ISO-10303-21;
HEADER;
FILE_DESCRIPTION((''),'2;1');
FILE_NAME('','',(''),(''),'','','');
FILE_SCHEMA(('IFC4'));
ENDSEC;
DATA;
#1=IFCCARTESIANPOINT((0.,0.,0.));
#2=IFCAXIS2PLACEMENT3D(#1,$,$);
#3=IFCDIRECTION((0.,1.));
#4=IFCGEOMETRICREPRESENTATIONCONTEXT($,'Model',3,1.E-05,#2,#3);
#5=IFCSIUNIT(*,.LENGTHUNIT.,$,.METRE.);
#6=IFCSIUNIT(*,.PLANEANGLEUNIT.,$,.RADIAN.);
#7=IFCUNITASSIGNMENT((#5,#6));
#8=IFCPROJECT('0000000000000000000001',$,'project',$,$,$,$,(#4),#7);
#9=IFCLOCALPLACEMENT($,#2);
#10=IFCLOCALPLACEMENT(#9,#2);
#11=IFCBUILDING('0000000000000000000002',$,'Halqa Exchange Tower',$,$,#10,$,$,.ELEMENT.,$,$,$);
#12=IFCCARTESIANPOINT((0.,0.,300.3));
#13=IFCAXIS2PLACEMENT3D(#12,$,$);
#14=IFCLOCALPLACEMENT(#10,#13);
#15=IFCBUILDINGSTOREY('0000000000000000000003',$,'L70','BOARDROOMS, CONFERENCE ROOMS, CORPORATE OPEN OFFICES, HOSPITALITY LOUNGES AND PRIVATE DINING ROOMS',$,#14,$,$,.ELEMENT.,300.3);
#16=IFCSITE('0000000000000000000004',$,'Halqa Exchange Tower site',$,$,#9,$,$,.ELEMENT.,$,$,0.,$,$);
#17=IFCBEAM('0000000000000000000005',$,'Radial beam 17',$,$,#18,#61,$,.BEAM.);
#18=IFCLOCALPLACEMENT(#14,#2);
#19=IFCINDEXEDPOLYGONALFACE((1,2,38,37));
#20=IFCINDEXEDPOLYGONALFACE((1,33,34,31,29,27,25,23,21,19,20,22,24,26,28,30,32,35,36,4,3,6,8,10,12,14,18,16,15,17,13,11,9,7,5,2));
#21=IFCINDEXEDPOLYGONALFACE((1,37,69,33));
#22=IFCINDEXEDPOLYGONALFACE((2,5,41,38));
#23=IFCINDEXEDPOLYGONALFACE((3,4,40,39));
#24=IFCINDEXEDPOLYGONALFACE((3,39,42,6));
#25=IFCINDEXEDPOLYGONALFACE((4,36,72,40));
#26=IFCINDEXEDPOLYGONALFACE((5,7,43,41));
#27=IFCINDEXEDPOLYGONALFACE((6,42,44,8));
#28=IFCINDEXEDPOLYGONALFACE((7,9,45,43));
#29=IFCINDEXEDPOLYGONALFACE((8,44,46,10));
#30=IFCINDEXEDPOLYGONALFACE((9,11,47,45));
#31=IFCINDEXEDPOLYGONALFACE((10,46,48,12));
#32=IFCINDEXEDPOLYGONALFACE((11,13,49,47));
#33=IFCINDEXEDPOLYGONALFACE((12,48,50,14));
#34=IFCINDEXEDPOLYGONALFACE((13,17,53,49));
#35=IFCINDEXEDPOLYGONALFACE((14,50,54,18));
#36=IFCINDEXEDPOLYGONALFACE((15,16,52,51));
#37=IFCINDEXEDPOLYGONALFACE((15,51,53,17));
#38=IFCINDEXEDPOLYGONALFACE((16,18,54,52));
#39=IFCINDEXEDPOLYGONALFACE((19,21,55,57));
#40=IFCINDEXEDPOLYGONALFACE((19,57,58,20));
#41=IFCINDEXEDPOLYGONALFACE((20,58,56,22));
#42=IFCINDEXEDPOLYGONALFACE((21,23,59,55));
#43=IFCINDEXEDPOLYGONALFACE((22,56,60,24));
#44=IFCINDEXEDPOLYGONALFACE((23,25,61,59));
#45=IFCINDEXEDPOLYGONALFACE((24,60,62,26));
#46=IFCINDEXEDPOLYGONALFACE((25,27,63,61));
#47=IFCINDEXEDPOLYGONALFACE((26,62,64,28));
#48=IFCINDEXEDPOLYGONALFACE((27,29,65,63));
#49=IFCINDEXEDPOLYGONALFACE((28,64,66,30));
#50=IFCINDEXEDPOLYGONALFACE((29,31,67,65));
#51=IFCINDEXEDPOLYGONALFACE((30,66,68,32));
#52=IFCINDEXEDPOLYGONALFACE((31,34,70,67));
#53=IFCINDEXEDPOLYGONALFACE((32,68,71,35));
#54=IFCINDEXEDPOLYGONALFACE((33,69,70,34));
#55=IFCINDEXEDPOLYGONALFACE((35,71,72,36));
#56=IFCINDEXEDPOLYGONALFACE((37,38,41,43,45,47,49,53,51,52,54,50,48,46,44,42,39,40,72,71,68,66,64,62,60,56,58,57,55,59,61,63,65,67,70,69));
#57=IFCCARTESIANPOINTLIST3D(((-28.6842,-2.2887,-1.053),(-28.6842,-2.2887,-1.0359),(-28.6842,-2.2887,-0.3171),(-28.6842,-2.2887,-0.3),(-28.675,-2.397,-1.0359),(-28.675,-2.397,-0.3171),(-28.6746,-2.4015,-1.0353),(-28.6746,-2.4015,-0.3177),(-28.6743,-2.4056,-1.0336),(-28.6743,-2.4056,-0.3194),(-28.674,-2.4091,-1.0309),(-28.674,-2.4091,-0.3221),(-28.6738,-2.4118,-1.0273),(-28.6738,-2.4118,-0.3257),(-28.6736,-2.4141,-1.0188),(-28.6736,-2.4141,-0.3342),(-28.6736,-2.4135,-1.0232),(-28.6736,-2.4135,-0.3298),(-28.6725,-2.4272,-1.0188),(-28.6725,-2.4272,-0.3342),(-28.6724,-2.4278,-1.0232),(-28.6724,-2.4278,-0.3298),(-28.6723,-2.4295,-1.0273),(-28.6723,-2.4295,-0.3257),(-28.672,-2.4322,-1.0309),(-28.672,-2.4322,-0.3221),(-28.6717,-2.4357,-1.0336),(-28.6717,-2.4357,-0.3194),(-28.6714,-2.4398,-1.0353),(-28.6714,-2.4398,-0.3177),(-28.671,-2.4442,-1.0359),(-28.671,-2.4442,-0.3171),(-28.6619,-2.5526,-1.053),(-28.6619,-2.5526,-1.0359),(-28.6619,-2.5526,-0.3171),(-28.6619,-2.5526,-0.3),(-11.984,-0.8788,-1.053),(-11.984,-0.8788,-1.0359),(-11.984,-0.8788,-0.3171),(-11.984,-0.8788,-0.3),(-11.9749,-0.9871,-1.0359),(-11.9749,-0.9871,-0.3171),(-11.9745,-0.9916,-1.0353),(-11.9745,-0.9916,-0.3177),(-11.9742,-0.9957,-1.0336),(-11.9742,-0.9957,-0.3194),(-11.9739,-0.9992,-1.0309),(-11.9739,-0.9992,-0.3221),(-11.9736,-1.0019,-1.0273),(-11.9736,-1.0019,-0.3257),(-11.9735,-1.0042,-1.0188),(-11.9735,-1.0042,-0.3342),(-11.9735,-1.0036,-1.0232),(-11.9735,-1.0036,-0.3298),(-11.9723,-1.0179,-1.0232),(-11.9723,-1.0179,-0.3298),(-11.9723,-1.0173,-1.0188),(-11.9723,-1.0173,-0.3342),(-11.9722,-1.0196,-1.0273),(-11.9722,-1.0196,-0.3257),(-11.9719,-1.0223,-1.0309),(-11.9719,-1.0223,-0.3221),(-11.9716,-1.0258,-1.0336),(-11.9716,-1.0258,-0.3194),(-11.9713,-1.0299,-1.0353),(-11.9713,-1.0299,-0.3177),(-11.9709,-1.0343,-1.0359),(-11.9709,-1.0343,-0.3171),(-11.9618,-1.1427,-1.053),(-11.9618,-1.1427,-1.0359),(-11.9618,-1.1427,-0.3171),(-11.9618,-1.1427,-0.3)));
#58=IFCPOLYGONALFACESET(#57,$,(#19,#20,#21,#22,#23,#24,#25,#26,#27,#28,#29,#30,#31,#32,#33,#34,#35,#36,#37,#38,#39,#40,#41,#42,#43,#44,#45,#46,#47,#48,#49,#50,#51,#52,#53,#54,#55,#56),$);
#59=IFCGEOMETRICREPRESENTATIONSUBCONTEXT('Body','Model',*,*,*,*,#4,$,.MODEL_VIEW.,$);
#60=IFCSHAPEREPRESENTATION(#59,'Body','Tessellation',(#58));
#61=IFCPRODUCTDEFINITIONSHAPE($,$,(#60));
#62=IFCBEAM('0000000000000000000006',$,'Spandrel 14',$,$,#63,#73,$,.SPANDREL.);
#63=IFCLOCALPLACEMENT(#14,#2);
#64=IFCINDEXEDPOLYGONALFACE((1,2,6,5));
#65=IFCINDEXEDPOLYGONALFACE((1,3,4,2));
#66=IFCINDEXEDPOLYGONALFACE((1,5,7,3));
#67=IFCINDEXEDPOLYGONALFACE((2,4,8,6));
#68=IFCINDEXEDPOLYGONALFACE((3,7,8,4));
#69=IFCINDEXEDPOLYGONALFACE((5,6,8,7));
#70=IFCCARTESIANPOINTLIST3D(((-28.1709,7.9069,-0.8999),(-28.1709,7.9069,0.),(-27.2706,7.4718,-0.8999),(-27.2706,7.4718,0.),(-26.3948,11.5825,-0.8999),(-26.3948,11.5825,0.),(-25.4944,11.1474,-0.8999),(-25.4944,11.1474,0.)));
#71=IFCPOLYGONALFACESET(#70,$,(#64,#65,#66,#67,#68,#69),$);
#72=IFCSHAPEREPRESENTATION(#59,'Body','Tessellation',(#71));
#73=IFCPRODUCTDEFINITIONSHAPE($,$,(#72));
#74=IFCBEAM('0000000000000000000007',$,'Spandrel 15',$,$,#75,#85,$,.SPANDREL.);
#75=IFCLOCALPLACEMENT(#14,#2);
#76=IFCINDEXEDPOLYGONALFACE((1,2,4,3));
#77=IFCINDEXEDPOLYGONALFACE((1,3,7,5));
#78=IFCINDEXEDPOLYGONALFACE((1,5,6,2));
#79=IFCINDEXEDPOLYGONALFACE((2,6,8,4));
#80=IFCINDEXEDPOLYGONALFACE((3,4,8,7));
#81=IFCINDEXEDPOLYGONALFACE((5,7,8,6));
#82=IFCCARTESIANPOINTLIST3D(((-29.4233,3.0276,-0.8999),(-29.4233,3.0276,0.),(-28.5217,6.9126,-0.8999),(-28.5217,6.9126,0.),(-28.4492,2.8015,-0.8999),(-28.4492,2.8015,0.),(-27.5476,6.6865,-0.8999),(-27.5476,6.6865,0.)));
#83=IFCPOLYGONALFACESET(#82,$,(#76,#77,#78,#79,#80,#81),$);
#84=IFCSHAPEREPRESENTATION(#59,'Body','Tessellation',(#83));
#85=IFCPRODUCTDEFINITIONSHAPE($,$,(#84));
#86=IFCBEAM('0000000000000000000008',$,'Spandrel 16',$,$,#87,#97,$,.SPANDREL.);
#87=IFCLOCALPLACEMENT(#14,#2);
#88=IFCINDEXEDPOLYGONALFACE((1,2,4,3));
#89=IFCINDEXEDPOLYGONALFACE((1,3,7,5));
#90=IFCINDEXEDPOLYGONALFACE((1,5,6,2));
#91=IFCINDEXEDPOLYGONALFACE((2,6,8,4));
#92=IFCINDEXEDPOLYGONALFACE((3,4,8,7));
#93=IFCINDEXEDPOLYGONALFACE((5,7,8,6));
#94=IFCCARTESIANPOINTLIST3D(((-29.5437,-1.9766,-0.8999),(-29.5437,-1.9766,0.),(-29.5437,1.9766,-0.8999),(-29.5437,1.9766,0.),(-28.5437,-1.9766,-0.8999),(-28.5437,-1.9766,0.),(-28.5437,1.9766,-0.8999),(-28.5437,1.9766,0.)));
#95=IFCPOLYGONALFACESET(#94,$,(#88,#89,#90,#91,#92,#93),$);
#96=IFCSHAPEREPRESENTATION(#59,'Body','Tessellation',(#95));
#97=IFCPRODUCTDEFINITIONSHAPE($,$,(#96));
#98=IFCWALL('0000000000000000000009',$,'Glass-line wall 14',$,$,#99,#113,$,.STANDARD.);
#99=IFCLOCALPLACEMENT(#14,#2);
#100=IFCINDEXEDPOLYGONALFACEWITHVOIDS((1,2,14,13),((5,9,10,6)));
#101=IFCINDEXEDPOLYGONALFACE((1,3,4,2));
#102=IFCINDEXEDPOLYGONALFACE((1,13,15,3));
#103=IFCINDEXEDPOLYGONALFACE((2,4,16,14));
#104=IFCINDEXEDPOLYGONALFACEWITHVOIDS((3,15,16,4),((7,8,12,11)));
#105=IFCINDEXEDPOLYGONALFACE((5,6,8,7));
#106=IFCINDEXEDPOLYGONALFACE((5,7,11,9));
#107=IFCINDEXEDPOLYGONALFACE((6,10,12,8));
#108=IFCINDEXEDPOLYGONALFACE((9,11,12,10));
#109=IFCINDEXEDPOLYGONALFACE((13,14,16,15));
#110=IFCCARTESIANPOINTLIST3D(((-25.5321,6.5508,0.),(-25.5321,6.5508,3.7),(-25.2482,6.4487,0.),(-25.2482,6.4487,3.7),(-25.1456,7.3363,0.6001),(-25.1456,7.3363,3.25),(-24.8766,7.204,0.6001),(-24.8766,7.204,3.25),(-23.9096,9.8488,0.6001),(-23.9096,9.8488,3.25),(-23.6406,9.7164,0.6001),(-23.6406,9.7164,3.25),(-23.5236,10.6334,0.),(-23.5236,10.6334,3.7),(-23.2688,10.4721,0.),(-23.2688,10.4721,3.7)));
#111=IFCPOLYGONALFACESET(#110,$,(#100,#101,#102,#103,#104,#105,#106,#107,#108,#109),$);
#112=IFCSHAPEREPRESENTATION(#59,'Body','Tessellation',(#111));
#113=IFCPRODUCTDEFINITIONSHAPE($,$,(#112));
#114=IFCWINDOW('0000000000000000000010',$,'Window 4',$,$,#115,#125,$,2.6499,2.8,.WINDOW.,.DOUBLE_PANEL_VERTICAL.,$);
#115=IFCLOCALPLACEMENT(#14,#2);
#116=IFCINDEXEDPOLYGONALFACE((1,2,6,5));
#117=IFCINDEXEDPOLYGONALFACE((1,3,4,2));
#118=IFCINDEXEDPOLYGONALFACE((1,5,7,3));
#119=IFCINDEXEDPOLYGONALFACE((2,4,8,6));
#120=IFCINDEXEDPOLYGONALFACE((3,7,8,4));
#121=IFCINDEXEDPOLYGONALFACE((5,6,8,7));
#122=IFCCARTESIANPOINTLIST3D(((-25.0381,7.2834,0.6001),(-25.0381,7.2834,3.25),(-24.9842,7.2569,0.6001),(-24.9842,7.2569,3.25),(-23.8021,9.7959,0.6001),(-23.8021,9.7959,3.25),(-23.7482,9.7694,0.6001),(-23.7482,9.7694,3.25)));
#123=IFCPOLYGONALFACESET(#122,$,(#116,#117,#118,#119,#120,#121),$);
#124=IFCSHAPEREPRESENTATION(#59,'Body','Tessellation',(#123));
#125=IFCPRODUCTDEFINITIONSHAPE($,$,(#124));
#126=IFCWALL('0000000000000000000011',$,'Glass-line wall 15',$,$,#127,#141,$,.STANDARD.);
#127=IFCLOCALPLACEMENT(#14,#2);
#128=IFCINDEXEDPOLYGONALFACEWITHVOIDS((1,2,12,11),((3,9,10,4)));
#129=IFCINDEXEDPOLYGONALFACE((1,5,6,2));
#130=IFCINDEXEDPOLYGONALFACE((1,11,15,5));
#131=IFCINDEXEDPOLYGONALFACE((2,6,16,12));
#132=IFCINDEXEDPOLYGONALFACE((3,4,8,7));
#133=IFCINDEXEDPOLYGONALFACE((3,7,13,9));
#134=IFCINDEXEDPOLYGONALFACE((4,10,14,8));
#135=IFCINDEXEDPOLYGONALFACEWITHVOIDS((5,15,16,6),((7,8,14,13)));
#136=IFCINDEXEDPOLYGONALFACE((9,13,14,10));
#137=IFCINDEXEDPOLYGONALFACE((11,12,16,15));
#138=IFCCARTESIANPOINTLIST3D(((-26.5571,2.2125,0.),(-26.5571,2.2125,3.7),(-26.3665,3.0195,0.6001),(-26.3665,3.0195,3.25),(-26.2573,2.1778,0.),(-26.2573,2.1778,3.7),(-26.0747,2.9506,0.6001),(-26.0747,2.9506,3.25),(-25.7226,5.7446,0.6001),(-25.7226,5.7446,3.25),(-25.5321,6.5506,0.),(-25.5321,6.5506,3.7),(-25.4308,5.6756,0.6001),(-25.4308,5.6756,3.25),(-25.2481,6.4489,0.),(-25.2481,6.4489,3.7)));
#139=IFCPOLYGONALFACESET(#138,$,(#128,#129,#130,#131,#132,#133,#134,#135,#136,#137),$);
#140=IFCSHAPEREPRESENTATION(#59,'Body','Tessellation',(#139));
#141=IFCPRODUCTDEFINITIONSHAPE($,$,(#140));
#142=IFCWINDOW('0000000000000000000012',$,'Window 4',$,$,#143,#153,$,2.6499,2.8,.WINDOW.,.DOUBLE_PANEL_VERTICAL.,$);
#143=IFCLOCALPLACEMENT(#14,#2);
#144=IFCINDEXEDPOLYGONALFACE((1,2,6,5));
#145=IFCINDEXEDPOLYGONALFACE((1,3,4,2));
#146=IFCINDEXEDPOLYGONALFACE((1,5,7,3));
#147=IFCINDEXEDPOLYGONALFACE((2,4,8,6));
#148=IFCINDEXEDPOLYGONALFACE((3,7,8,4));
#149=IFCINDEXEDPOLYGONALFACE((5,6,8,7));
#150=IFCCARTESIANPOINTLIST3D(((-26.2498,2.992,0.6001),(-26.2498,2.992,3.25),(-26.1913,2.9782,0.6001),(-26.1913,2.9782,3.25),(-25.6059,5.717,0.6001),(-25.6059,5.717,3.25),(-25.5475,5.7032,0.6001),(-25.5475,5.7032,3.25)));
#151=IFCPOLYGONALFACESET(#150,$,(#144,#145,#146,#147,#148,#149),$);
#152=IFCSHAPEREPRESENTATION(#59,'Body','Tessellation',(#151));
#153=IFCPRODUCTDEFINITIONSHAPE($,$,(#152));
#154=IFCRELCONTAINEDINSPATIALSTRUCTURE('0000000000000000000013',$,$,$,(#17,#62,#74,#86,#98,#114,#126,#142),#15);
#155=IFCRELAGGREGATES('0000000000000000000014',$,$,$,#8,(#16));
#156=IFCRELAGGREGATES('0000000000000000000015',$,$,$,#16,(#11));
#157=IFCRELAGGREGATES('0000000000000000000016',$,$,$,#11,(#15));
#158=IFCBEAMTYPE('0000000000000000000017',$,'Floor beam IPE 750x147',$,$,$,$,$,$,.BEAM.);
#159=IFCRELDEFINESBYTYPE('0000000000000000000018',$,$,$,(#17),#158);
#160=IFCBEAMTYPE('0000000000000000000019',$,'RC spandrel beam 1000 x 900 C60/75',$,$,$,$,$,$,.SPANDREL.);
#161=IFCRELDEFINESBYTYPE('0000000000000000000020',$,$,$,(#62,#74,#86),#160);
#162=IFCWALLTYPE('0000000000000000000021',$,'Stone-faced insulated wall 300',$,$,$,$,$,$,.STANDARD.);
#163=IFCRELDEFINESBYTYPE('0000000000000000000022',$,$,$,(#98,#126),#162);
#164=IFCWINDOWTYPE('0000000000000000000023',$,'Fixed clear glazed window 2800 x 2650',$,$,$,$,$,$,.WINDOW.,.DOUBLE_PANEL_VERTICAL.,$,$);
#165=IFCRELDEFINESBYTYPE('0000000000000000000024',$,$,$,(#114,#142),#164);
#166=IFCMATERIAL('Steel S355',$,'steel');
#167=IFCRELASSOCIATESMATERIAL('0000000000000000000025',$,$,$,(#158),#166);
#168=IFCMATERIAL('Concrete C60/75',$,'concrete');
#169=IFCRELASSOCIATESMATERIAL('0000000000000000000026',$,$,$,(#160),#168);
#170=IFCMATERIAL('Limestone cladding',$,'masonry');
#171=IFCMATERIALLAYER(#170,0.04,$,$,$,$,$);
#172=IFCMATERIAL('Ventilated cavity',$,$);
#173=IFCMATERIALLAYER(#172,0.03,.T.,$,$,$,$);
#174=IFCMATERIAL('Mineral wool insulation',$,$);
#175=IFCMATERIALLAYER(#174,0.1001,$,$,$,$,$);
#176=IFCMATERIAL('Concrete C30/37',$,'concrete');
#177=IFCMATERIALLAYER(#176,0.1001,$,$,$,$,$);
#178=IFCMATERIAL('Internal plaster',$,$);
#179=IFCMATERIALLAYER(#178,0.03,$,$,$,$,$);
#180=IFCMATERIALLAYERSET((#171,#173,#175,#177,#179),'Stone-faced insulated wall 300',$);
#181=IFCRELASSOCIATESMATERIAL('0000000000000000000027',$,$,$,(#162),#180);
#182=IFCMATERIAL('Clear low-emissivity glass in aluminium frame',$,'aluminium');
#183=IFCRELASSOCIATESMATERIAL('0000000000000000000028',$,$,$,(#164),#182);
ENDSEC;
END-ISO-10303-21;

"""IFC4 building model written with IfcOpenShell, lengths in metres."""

from ifc_helpers import new_model, si_unit, direction, frame, frame_2d, origin, origin_2d, place, context, subcontext, project, spatial, polyline, rectangle, i_section, outline, extrude, material, layer, layer_set, material_profile, profile_set, type_object, element, fill, save


model = new_model("IFC4")

# Units and contexts
model_context = context("Model", 3, precision=1e-05, world=origin(), true_north=direction((0.0, 1.0)))
body_context = subcontext(model_context, "Body", "Model", "MODEL_VIEW")
ifc_project = project(units=[si_unit("LENGTHUNIT", "METRE"), si_unit("PLANEANGLEUNIT", "RADIAN")], contexts=[model_context])

# Site, building, storey
site_placement = place(None, origin())
site = spatial("IfcSite", under=ifc_project, at=site_placement, Name="Halqa Exchange Tower site", CompositionType="ELEMENT", RefElevation=0.0)
building_placement = place(site_placement, origin())
building = spatial("IfcBuilding", under=site, at=building_placement, Name="Halqa Exchange Tower", CompositionType="ELEMENT")
storey_placement = place(building_placement, frame((0.0, 0.0, 300.3)))
storey = spatial("IfcBuildingStorey", under=building, at=storey_placement, Name="L70", Description="BOARDROOMS, CONFERENCE ROOMS, CORPORATE OPEN OFFICES, HOSPITALITY LOUNGES AND PRIVATE DINING ROOMS", CompositionType="ELEMENT", Elevation=300.3)

# Beams
ifc_material_1 = material(Name="Steel S355", Category="steel")
ifc_material_profile_1 = material_profile(ifc_material_1, i_section(OverallWidth=0.2649, OverallDepth=0.7529, WebThickness=0.0132, FlangeThickness=0.0171, FilletRadius=0.0171, at=origin_2d()), Name="IPE 750x147")
ifc_profile_set_1 = profile_set([ifc_material_profile_1], Name="Steel S355")
beam_type_1 = type_object("IfcBeamType", Name="Floor beam IPE 750x147", PredefinedType="BEAM", material=ifc_profile_set_1)
for number, where, z_axis, x_axis, name in (
    (1, (-11.9729, -1.0107, -0.6765), (-0.996455, -0.084126, 0.0), (0.084126, -0.996455, 0.0), "Radial beam 17"),
):
    element("IfcBeam", number, at=place(storey_placement, frame(where, z_axis=z_axis, x_axis=x_axis)), inside=storey, type_object=beam_type_1, Name=name, PredefinedType="BEAM", context=body_context, shape_type="SweptSolid", body=[
        extrude(i_section(OverallWidth=0.2649, OverallDepth=0.7529, WebThickness=0.0132, FlangeThickness=0.0171, FilletRadius=0.0171, at=origin_2d()), origin(), (0.0, 0.0, 1.0), 16.7595),
    ])
ifc_material_2 = material(Name="Concrete C60/75", Category="concrete")
ifc_material_profile_2 = material_profile(ifc_material_2, rectangle(XDim=1.0, YDim=0.8999, at=origin_2d()), Name="1000 x 900")
ifc_profile_set_2 = profile_set([ifc_material_profile_2], Name="Concrete C60/75")
beam_type_2 = type_object("IfcBeamType", Name="RC spandrel beam 1000 x 900 C60/75", PredefinedType="SPANDREL", material=ifc_profile_set_2)
beam_1_placement = place(storey_placement, frame((-25.9446, 11.365, -0.45), z_axis=(-0.435092, -0.900386, 0.0), x_axis=(0.900386, -0.435092, 0.0)))
element("IfcBeam", 2, at=beam_1_placement, inside=storey, type_object=beam_type_2, Name="Spandrel 14", PredefinedType="SPANDREL", context=body_context, shape_type="SweptSolid", body=[
    extrude(rectangle(XDim=1.0, YDim=0.8999, at=origin_2d()), origin(), (0.0, 0.0, 1.0), 4.0823),
])
beam_2_placement = place(storey_placement, frame((-28.0347, 6.7996, -0.45), z_axis=(-0.226066, -0.974112, 0.0), x_axis=(0.974112, -0.226066, 0.0)))
element("IfcBeam", 3, at=beam_2_placement, inside=storey, type_object=beam_type_2, Name="Spandrel 15", PredefinedType="SPANDREL", context=body_context, shape_type="SweptSolid", body=[
    extrude(rectangle(XDim=1.0, YDim=0.8999, at=origin_2d()), origin(), (0.0, 0.0, 1.0), 3.9883),
])
beam_3_placement = place(storey_placement, frame((-29.0437, 1.9766, -0.45), z_axis=(0.0, -1.0, 0.0), x_axis=(1.0, 0.0, 0.0)))
element("IfcBeam", 4, at=beam_3_placement, inside=storey, type_object=beam_type_2, Name="Spandrel 16", PredefinedType="SPANDREL", context=body_context, shape_type="SweptSolid", body=[
    extrude(rectangle(XDim=1.0, YDim=0.8999, at=origin_2d()), origin(), (0.0, 0.0, 1.0), 3.9531),
])

# Walls, openings, windows
ifc_material_3 = material(Name="Limestone cladding", Category="masonry")
ifc_layer_1 = layer(ifc_material_3, 0.04)
ifc_material_4 = material(Name="Ventilated cavity")
ifc_layer_2 = layer(ifc_material_4, 0.03, ventilated=True)
ifc_material_5 = material(Name="Mineral wool insulation")
ifc_layer_3 = layer(ifc_material_5, 0.1001)
ifc_material_6 = material(Name="Concrete C30/37", Category="concrete")
ifc_layer_4 = layer(ifc_material_6, 0.1001)
ifc_material_7 = material(Name="Internal plaster")
ifc_layer_5 = layer(ifc_material_7, 0.03)
ifc_layer_set = layer_set([ifc_layer_1, ifc_layer_2, ifc_layer_3, ifc_layer_4, ifc_layer_5], Name="Stone-faced insulated wall 300")
wall_type = type_object("IfcWallType", Name="Stone-faced insulated wall 300", PredefinedType="STANDARD", material=ifc_layer_set)
wall_1_placement = place(storey_placement, frame((-23.3962, 10.5527, 0.0), z_axis=(0.0, 0.0, 1.0), x_axis=(-0.441432, -0.897295, 0.0)))
wall_1 = element("IfcWall", 5, at=wall_1_placement, inside=storey, type_object=wall_type, Name="Glass-line wall 14", PredefinedType="STANDARD", context=body_context, shape_type="SweptSolid", body=[
    extrude(outline(polyline([(-0.0161, -0.1499), (4.5337, -0.1499), (4.5, 0.1499), (0.0161, 0.1499), (-0.0161, -0.1499)])), origin(), (0.0, 0.0, 1.0), 3.7),
])
opening_1_placement = place(wall_1_placement, frame((0.8584, 0.0, 0.6001)))
opening_1 = element("IfcOpeningElement", 6, at=opening_1_placement, cuts=wall_1, PredefinedType="OPENING", context=body_context, shape_type="SweptSolid", body=[
    extrude(rectangle(XDim=2.8, YDim=2.6499, at=frame_2d((1.3999, 1.325))), frame((0.0, 0.1621, 0.0), z_axis=(0.0, -1.0, 0.0), x_axis=(1.0, 0.0, 0.0)), (0.0, 0.0, 1.0), 0.324),
])
ifc_material_8 = material(Name="Clear low-emissivity glass in aluminium frame", Category="aluminium")
window_type = type_object("IfcWindowType", Name="Fixed clear glazed window 2800 x 2650", PartitioningType="DOUBLE_PANEL_VERTICAL", PredefinedType="WINDOW", material=ifc_material_8)
window_1_placement = place(opening_1_placement, origin())
window_1 = element("IfcWindow", 7, at=window_1_placement, inside=storey, type_object=window_type, Name="Window 4", OverallHeight=2.6499, OverallWidth=2.8, PartitioningType="DOUBLE_PANEL_VERTICAL", PredefinedType="WINDOW", context=body_context, shape_type="SweptSolid", body=[
    extrude(rectangle(XDim=2.8, YDim=2.6499, at=frame_2d((1.3999, 1.325))), frame((0.0, 0.03, 0.0), z_axis=(0.0, -1.0, 0.0), x_axis=(1.0, 0.0, 0.0)), (0.0, 0.0, 1.0), 0.0601),
])
fill(opening_1, window_1)
wall_2_placement = place(storey_placement, frame((-25.3901, 6.4998, 0.0), z_axis=(0.0, 0.0, 1.0), x_axis=(-0.229944, -0.973204, 0.0)))
wall_2 = element("IfcWall", 8, at=wall_2_placement, inside=storey, type_object=wall_type, Name="Glass-line wall 15", PredefinedType="STANDARD", context=body_context, shape_type="SweptSolid", body=[
    extrude(outline(polyline([(-0.0168, -0.1499), (4.4407, -0.1499), (4.4055, 0.1499), (0.0168, 0.1499), (-0.0168, -0.1499)])), origin(), (0.0, 0.0, 1.0), 3.7),
])
opening_2_placement = place(wall_2_placement, frame((0.8115, 0.0, 0.6001)))
opening_2 = element("IfcOpeningElement", 9, at=opening_2_placement, cuts=wall_2, PredefinedType="OPENING", context=body_context, shape_type="SweptSolid", body=[
    extrude(rectangle(XDim=2.8, YDim=2.6499, at=frame_2d((1.3999, 1.325))), frame((0.0, 0.1621, 0.0), z_axis=(0.0, -1.0, 0.0), x_axis=(1.0, 0.0, 0.0)), (0.0, 0.0, 1.0), 0.324),
])
window_2_placement = place(opening_2_placement, origin())
window_2 = element("IfcWindow", 10, at=window_2_placement, inside=storey, type_object=window_type, Name="Window 4", OverallHeight=2.6499, OverallWidth=2.8, PartitioningType="DOUBLE_PANEL_VERTICAL", PredefinedType="WINDOW", context=body_context, shape_type="SweptSolid", body=[
    extrude(rectangle(XDim=2.8, YDim=2.6499, at=frame_2d((1.3999, 1.325))), frame((0.0, 0.03, 0.0), z_axis=(0.0, -1.0, 0.0), x_axis=(1.0, 0.0, 0.0)), (0.0, 0.0, 1.0), 0.0601),
])
fill(opening_2, window_2)

save(model, "model.ifc")
